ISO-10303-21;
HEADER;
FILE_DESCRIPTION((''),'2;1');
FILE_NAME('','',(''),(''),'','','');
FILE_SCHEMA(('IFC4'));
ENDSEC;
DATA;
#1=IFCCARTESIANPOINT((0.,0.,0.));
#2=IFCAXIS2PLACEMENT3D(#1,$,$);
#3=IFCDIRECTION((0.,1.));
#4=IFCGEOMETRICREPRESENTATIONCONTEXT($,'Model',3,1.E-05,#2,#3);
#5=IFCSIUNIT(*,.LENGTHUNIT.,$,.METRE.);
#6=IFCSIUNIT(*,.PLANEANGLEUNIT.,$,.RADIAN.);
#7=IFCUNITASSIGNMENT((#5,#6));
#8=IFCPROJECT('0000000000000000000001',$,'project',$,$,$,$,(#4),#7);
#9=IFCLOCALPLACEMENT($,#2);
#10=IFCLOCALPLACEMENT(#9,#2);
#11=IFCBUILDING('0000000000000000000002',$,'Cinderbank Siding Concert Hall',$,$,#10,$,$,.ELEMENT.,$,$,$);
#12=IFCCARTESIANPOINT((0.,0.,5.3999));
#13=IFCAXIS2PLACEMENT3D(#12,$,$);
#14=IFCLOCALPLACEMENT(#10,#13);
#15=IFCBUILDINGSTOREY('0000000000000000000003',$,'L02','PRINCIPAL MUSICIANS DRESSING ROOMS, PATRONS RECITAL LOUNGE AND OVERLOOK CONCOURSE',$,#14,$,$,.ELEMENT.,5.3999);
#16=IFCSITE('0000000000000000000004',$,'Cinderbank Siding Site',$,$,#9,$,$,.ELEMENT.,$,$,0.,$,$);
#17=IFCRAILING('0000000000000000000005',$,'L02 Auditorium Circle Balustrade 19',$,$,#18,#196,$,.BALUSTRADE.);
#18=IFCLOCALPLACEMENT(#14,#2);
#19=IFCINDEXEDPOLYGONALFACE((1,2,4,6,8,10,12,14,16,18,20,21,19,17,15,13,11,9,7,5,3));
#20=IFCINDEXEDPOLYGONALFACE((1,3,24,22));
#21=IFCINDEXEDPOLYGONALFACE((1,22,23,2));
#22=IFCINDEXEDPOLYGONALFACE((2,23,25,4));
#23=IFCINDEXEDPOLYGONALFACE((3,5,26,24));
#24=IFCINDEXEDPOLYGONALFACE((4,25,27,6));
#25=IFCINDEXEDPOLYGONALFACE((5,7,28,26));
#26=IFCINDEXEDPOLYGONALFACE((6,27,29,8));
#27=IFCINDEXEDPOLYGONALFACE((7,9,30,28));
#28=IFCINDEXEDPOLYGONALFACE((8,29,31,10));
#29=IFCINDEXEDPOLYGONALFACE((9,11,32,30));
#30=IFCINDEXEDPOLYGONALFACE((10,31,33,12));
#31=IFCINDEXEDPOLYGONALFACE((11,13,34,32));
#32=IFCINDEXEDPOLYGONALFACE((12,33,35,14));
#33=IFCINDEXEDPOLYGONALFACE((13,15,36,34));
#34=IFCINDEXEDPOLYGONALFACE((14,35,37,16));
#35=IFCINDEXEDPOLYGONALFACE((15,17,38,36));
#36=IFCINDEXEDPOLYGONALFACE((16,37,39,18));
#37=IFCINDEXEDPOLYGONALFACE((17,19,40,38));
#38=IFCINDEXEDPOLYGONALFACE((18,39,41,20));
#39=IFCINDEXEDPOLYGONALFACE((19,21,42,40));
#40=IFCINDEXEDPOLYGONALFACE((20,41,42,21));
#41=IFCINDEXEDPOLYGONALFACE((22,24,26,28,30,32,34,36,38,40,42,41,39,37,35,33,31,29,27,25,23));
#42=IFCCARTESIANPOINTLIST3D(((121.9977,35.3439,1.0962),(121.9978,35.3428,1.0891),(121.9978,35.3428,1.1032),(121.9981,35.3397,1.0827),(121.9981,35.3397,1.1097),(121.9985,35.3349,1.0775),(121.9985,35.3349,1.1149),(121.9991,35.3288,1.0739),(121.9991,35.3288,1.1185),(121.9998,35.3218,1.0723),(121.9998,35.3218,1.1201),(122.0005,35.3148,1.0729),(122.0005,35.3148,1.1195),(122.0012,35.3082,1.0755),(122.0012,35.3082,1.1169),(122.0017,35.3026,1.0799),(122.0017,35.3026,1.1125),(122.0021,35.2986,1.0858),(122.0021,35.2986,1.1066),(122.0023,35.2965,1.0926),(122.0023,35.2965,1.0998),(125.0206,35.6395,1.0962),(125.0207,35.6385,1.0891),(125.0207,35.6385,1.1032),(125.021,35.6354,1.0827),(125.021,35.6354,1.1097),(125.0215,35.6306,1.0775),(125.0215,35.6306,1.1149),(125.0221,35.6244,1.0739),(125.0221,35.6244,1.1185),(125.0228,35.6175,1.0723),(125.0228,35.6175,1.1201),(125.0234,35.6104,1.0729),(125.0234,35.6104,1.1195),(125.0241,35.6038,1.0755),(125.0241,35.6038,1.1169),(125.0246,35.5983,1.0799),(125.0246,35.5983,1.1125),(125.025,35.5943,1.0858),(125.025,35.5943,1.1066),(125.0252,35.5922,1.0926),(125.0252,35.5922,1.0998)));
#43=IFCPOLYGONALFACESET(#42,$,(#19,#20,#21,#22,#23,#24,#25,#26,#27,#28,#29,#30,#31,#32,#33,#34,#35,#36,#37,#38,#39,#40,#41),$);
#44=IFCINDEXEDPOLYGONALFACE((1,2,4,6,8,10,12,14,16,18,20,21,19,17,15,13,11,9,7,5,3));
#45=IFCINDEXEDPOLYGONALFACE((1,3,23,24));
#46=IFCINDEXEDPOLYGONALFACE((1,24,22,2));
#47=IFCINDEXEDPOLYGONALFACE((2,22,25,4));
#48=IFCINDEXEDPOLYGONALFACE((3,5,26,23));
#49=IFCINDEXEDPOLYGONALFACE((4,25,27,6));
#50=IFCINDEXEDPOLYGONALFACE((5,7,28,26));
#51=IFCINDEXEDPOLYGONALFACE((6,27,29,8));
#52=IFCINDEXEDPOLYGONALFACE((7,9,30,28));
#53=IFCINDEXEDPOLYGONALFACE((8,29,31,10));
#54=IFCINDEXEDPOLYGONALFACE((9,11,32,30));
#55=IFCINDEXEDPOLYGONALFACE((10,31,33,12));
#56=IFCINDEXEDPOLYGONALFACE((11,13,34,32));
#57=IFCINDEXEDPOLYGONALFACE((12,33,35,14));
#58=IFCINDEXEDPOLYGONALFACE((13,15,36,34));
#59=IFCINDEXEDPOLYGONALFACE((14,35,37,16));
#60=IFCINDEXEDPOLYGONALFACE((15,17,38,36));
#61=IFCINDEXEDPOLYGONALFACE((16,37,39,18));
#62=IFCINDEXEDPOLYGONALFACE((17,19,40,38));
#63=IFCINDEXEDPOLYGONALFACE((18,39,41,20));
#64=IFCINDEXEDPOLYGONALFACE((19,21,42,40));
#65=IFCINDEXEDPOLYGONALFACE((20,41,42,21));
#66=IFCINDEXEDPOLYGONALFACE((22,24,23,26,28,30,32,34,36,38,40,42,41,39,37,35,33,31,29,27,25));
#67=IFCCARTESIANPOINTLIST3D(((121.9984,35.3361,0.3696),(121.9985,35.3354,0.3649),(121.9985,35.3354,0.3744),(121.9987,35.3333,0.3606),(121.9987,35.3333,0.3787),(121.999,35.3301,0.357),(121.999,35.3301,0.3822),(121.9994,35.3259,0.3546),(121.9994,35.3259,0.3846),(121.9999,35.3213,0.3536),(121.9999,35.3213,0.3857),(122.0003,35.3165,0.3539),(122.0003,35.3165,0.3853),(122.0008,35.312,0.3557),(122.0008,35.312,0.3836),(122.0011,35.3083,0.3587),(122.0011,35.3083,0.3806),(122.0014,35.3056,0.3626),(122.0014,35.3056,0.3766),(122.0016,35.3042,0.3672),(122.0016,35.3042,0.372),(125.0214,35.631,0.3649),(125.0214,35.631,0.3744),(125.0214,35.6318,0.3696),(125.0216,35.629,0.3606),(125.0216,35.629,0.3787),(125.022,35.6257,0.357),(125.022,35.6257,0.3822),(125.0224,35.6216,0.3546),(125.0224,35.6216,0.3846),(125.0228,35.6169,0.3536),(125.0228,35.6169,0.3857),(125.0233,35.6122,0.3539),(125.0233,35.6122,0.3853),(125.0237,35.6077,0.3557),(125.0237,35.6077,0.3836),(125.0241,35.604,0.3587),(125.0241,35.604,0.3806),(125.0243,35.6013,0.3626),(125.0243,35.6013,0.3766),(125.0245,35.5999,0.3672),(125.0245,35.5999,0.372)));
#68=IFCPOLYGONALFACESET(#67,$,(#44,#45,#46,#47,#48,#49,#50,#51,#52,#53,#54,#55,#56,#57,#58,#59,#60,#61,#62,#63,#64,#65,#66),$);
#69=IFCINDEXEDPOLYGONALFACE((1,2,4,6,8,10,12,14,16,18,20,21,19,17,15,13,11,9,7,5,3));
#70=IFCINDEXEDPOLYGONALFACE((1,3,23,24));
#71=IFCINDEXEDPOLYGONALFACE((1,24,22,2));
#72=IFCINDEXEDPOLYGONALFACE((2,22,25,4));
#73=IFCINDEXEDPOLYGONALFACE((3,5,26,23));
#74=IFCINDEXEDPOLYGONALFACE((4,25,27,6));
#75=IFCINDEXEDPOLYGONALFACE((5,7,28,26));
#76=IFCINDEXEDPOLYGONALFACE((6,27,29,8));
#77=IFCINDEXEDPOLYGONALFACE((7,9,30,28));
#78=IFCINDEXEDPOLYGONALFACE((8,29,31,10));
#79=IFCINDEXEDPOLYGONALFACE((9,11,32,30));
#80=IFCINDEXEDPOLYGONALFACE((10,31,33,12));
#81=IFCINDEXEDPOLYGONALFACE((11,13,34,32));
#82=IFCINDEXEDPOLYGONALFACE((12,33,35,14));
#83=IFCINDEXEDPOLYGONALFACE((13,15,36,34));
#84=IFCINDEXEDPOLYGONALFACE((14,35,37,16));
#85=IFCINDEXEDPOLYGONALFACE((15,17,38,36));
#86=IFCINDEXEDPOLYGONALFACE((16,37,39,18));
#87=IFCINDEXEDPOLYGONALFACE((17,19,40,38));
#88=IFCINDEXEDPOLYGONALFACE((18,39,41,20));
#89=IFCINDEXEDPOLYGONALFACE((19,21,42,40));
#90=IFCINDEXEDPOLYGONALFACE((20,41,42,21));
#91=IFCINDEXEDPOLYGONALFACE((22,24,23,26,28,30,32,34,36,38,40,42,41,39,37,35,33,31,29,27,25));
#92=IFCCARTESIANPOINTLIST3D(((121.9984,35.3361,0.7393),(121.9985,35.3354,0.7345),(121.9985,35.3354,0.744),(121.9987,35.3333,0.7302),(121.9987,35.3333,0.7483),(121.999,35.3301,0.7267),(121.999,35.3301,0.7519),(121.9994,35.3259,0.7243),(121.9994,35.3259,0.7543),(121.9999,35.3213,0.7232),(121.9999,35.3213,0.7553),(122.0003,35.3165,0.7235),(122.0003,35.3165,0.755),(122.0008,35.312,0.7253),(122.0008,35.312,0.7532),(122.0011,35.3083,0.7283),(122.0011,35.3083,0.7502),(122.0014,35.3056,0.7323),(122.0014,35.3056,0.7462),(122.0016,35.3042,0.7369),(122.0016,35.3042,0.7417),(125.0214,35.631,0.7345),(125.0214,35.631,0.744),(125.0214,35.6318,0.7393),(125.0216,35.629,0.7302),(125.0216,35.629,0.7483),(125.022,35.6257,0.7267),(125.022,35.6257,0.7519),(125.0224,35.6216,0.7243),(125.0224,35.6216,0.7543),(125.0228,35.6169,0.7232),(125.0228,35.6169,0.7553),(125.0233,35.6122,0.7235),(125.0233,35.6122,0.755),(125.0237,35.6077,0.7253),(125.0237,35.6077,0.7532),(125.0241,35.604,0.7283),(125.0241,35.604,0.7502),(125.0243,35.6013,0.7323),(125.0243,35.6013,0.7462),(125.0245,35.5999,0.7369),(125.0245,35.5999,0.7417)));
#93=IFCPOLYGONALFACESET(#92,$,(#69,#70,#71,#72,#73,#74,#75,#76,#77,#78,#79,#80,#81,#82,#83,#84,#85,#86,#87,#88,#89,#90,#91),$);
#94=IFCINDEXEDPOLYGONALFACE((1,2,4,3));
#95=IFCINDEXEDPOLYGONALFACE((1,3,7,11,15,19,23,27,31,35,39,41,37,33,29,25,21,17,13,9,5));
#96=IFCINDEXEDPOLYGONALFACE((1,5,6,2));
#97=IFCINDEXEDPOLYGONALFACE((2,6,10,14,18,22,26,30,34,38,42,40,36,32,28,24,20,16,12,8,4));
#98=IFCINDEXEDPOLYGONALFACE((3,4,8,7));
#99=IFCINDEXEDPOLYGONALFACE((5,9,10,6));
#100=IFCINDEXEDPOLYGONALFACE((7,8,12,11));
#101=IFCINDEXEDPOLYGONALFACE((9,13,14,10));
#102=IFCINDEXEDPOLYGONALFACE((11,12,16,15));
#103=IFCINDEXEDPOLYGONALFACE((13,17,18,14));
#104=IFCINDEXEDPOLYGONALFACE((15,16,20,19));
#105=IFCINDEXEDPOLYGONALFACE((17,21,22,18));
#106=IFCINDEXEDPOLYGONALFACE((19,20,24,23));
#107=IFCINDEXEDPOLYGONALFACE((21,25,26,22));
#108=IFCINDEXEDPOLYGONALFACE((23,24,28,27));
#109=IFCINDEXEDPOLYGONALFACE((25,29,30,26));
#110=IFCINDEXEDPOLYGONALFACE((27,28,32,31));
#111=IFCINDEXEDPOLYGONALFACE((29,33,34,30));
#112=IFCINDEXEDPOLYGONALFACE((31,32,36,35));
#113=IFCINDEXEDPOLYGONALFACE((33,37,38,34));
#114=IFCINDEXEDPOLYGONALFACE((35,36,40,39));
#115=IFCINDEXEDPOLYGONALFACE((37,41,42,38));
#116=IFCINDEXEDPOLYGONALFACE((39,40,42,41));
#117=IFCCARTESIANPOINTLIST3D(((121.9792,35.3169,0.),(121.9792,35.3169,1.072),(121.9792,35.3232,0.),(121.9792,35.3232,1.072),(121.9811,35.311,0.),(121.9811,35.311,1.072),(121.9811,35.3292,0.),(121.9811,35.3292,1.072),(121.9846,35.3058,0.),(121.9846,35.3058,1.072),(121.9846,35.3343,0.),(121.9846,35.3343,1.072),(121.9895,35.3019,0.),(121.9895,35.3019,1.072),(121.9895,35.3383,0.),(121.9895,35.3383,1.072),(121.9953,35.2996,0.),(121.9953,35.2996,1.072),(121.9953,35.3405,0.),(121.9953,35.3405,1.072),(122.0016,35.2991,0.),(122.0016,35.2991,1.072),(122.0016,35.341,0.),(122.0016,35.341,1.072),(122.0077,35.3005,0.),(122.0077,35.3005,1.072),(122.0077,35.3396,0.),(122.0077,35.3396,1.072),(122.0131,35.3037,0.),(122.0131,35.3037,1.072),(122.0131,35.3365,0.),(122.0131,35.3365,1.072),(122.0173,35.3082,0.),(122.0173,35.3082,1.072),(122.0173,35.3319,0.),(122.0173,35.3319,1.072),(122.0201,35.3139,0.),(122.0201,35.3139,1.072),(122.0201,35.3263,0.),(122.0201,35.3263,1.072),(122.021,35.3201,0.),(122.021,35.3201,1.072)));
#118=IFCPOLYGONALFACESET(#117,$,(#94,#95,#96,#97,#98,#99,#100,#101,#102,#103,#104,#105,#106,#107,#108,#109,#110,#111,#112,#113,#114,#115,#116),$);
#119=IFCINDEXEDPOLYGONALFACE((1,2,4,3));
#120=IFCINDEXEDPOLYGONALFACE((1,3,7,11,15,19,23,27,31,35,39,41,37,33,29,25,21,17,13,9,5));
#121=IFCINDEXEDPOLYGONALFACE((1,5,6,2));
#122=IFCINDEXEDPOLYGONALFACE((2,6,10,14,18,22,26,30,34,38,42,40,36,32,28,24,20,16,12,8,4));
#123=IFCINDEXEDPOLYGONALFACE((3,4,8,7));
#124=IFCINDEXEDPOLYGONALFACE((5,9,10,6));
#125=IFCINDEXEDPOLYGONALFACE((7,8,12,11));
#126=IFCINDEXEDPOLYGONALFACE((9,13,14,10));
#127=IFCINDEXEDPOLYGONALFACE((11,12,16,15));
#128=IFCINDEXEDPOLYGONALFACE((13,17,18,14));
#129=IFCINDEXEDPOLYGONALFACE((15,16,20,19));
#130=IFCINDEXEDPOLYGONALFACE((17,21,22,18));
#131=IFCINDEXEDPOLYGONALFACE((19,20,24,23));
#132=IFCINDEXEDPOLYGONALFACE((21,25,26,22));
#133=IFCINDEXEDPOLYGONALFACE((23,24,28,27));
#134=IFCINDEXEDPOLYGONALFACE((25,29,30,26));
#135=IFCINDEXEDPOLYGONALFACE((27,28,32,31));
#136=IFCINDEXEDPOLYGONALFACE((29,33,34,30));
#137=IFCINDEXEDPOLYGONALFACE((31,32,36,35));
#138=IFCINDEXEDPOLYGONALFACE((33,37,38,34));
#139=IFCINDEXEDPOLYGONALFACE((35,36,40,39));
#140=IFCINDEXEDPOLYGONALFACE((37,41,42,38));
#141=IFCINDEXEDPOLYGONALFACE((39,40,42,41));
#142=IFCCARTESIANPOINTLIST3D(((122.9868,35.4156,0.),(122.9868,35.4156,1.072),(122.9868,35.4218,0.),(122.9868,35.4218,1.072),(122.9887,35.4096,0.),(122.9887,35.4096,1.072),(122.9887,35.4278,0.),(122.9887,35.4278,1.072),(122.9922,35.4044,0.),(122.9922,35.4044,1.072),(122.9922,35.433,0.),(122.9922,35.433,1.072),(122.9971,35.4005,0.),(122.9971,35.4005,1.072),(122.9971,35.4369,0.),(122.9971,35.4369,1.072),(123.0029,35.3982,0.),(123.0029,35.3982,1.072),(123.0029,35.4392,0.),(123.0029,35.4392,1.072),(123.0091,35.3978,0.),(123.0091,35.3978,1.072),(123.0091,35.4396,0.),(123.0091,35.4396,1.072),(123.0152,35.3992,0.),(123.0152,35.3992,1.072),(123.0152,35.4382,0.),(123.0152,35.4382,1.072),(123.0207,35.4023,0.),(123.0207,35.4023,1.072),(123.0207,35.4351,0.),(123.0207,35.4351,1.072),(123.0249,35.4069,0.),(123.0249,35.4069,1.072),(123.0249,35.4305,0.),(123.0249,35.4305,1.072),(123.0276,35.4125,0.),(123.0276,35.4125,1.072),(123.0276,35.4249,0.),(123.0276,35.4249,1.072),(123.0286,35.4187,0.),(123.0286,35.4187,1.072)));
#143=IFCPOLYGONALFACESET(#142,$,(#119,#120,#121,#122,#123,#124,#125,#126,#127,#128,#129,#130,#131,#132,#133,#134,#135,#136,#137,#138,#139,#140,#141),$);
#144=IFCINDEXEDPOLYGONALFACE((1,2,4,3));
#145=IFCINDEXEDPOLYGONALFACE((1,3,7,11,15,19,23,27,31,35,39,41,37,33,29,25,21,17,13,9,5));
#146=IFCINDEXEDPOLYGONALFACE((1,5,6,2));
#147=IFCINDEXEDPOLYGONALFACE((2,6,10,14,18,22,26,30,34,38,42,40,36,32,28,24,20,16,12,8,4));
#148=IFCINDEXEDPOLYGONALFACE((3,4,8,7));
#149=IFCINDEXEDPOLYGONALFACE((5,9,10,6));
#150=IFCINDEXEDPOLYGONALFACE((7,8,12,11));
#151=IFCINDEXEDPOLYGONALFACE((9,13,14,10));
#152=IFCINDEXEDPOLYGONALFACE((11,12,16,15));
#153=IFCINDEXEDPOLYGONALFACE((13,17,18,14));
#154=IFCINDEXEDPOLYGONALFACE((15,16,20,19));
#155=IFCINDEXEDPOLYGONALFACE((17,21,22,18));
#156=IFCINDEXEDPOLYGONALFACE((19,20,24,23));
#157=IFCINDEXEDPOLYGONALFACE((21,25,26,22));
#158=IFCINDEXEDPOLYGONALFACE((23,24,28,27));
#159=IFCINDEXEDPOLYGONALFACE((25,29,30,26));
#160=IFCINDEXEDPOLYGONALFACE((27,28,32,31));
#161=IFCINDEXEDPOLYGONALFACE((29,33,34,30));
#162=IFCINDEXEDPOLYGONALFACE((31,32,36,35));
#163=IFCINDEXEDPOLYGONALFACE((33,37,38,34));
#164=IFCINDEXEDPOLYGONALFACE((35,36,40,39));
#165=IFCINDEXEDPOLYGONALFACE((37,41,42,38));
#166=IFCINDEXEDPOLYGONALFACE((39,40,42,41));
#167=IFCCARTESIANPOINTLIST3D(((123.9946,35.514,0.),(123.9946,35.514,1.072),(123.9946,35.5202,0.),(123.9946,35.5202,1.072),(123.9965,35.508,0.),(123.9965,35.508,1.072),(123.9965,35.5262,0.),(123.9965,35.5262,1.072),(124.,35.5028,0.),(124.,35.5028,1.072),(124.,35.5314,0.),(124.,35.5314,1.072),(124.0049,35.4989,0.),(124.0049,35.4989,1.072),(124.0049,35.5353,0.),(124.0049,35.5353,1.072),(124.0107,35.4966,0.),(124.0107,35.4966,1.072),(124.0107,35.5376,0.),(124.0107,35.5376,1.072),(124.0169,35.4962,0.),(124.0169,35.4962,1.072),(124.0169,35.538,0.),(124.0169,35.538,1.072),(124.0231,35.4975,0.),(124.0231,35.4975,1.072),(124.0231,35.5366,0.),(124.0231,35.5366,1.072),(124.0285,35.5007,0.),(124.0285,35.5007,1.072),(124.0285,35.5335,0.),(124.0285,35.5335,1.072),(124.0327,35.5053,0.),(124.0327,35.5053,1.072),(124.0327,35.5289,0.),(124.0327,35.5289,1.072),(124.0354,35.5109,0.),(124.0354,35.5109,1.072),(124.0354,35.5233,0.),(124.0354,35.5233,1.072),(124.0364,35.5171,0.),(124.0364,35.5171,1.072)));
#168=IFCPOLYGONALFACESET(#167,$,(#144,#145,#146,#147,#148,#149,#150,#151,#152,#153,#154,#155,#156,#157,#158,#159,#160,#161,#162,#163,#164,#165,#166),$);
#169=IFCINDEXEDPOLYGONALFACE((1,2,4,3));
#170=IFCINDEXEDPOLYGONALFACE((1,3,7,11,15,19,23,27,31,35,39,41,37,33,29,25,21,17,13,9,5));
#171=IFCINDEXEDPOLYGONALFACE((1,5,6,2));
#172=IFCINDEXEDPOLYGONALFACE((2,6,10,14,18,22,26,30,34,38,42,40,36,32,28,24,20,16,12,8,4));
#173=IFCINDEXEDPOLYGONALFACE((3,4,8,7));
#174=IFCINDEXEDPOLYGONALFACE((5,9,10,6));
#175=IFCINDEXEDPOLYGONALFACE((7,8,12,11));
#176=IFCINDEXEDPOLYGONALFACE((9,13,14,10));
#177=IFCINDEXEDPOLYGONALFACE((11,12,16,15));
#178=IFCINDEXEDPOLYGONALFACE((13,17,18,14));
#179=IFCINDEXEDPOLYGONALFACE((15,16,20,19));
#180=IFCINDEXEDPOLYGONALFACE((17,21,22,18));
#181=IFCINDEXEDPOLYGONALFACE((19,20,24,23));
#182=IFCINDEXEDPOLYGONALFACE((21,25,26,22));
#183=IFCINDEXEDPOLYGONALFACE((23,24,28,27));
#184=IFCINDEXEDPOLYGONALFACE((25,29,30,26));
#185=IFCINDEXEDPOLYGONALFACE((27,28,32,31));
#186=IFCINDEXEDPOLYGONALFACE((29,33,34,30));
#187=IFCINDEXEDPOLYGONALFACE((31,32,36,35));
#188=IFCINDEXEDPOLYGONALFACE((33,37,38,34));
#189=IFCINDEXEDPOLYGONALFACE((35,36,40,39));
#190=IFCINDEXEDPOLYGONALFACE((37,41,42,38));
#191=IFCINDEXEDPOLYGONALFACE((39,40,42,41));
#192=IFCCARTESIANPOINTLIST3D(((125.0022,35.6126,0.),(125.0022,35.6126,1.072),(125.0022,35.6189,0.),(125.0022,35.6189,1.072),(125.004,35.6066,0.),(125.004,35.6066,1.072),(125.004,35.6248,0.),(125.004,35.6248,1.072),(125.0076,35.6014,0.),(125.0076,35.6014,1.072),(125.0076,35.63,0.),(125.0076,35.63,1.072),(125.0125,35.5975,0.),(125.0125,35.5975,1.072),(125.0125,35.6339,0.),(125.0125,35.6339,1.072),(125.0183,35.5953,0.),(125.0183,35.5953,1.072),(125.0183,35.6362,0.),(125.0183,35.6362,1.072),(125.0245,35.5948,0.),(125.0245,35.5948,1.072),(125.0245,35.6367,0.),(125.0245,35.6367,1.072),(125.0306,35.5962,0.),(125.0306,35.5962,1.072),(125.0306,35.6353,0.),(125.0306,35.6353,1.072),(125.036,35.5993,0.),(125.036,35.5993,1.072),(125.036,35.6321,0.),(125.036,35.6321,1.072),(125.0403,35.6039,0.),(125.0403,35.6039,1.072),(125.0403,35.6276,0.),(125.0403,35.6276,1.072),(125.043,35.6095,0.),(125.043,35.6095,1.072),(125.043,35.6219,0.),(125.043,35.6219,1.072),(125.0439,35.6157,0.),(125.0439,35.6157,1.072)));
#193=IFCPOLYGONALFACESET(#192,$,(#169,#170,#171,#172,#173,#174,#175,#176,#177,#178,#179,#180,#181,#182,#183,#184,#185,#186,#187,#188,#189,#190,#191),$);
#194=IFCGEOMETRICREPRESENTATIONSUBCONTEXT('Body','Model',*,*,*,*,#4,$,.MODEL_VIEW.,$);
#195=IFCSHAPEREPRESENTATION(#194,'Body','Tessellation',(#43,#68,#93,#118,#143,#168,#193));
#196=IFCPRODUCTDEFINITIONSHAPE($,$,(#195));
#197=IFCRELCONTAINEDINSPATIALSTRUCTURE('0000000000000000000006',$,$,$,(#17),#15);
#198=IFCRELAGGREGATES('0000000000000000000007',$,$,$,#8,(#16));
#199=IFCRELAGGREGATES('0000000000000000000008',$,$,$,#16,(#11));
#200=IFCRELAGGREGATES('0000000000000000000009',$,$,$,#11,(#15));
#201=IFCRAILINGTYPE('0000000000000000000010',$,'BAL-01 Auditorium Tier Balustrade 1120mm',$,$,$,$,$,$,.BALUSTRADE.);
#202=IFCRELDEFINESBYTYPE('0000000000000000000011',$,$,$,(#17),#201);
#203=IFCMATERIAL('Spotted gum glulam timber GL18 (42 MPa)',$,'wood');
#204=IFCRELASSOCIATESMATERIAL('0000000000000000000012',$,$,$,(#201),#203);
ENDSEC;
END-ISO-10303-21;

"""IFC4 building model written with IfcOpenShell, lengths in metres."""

from ifc_helpers import new_model, si_unit, direction, frame, origin, origin_2d, place, context, subcontext, project, spatial, circle, extrude, material, type_object, element, save


model = new_model("IFC4")

# Units and contexts
model_context = context("Model", 3, precision=1e-05, world=origin(), true_north=direction((0.0, 1.0)))
body_context = subcontext(model_context, "Body", "Model", "MODEL_VIEW")
ifc_project = project(units=[si_unit("LENGTHUNIT", "METRE"), si_unit("PLANEANGLEUNIT", "RADIAN")], contexts=[model_context])

# Site, building, storey
site_placement = place(None, origin())
site = spatial("IfcSite", under=ifc_project, at=site_placement, Name="Cinderbank Siding Site", CompositionType="ELEMENT", RefElevation=0.0)
building_placement = place(site_placement, origin())
building = spatial("IfcBuilding", under=site, at=building_placement, Name="Cinderbank Siding Concert Hall", CompositionType="ELEMENT")
storey_placement = place(building_placement, frame((0.0, 0.0, 5.3999)))
storey = spatial("IfcBuildingStorey", under=building, at=storey_placement, Name="L02", Description="PRINCIPAL MUSICIANS DRESSING ROOMS, PATRONS RECITAL LOUNGE AND OVERLOOK CONCOURSE", CompositionType="ELEMENT", Elevation=5.3999)

# Railing
ifc_material_1 = material(Name="Spotted gum glulam timber GL18 (42 MPa)", Category="wood")
railing_type_1 = type_object("IfcRailingType", Name="BAL-01 Auditorium Tier Balustrade 1120mm", PredefinedType="BALUSTRADE", material=ifc_material_1)
railing_1_placement = place(storey_placement, frame((122.0, 35.3201, 0.0)))
element("IfcRailing", 1, at=railing_1_placement, inside=storey, type_object=railing_type_1, Name="L02 Auditorium Circle Balustrade 19", PredefinedType="BALUSTRADE", context=body_context, shape_type="SweptSolid", body=[
    extrude(circle(Radius=0.0239, at=origin_2d()), frame((0.0, 0.0, 1.0962), z_axis=(0.995251, 0.097339, 0.0), x_axis=(-0.097339, 0.995251, 0.0)), (0.0, 0.0, 1.0), 3.0374),
    extrude(circle(Radius=0.0161, at=origin_2d()), frame((0.0, 0.0, 0.3696), z_axis=(0.995251, 0.097339, 0.0), x_axis=(-0.097339, 0.995251, 0.0)), (0.0, 0.0, 1.0), 3.0374),
    extrude(circle(Radius=0.0161, at=origin_2d()), frame((0.0, 0.0, 0.7393), z_axis=(0.995251, 0.097339, 0.0), x_axis=(-0.097339, 0.995251, 0.0)), (0.0, 0.0, 1.0), 3.0374),
    extrude(circle(Radius=0.021, at=origin_2d()), origin(), (0.0, 0.0, 1.0), 1.072),
    extrude(circle(Radius=0.021, at=origin_2d()), frame((1.0076, 0.0986, 0.0)), (0.0, 0.0, 1.0), 1.072),
    extrude(circle(Radius=0.021, at=origin_2d()), frame((2.0154, 0.197, 0.0)), (0.0, 0.0, 1.0), 1.072),
    extrude(circle(Radius=0.021, at=origin_2d()), frame((3.0229, 0.2957, 0.0)), (0.0, 0.0, 1.0), 1.072),
])

save(model, "model.ifc")
